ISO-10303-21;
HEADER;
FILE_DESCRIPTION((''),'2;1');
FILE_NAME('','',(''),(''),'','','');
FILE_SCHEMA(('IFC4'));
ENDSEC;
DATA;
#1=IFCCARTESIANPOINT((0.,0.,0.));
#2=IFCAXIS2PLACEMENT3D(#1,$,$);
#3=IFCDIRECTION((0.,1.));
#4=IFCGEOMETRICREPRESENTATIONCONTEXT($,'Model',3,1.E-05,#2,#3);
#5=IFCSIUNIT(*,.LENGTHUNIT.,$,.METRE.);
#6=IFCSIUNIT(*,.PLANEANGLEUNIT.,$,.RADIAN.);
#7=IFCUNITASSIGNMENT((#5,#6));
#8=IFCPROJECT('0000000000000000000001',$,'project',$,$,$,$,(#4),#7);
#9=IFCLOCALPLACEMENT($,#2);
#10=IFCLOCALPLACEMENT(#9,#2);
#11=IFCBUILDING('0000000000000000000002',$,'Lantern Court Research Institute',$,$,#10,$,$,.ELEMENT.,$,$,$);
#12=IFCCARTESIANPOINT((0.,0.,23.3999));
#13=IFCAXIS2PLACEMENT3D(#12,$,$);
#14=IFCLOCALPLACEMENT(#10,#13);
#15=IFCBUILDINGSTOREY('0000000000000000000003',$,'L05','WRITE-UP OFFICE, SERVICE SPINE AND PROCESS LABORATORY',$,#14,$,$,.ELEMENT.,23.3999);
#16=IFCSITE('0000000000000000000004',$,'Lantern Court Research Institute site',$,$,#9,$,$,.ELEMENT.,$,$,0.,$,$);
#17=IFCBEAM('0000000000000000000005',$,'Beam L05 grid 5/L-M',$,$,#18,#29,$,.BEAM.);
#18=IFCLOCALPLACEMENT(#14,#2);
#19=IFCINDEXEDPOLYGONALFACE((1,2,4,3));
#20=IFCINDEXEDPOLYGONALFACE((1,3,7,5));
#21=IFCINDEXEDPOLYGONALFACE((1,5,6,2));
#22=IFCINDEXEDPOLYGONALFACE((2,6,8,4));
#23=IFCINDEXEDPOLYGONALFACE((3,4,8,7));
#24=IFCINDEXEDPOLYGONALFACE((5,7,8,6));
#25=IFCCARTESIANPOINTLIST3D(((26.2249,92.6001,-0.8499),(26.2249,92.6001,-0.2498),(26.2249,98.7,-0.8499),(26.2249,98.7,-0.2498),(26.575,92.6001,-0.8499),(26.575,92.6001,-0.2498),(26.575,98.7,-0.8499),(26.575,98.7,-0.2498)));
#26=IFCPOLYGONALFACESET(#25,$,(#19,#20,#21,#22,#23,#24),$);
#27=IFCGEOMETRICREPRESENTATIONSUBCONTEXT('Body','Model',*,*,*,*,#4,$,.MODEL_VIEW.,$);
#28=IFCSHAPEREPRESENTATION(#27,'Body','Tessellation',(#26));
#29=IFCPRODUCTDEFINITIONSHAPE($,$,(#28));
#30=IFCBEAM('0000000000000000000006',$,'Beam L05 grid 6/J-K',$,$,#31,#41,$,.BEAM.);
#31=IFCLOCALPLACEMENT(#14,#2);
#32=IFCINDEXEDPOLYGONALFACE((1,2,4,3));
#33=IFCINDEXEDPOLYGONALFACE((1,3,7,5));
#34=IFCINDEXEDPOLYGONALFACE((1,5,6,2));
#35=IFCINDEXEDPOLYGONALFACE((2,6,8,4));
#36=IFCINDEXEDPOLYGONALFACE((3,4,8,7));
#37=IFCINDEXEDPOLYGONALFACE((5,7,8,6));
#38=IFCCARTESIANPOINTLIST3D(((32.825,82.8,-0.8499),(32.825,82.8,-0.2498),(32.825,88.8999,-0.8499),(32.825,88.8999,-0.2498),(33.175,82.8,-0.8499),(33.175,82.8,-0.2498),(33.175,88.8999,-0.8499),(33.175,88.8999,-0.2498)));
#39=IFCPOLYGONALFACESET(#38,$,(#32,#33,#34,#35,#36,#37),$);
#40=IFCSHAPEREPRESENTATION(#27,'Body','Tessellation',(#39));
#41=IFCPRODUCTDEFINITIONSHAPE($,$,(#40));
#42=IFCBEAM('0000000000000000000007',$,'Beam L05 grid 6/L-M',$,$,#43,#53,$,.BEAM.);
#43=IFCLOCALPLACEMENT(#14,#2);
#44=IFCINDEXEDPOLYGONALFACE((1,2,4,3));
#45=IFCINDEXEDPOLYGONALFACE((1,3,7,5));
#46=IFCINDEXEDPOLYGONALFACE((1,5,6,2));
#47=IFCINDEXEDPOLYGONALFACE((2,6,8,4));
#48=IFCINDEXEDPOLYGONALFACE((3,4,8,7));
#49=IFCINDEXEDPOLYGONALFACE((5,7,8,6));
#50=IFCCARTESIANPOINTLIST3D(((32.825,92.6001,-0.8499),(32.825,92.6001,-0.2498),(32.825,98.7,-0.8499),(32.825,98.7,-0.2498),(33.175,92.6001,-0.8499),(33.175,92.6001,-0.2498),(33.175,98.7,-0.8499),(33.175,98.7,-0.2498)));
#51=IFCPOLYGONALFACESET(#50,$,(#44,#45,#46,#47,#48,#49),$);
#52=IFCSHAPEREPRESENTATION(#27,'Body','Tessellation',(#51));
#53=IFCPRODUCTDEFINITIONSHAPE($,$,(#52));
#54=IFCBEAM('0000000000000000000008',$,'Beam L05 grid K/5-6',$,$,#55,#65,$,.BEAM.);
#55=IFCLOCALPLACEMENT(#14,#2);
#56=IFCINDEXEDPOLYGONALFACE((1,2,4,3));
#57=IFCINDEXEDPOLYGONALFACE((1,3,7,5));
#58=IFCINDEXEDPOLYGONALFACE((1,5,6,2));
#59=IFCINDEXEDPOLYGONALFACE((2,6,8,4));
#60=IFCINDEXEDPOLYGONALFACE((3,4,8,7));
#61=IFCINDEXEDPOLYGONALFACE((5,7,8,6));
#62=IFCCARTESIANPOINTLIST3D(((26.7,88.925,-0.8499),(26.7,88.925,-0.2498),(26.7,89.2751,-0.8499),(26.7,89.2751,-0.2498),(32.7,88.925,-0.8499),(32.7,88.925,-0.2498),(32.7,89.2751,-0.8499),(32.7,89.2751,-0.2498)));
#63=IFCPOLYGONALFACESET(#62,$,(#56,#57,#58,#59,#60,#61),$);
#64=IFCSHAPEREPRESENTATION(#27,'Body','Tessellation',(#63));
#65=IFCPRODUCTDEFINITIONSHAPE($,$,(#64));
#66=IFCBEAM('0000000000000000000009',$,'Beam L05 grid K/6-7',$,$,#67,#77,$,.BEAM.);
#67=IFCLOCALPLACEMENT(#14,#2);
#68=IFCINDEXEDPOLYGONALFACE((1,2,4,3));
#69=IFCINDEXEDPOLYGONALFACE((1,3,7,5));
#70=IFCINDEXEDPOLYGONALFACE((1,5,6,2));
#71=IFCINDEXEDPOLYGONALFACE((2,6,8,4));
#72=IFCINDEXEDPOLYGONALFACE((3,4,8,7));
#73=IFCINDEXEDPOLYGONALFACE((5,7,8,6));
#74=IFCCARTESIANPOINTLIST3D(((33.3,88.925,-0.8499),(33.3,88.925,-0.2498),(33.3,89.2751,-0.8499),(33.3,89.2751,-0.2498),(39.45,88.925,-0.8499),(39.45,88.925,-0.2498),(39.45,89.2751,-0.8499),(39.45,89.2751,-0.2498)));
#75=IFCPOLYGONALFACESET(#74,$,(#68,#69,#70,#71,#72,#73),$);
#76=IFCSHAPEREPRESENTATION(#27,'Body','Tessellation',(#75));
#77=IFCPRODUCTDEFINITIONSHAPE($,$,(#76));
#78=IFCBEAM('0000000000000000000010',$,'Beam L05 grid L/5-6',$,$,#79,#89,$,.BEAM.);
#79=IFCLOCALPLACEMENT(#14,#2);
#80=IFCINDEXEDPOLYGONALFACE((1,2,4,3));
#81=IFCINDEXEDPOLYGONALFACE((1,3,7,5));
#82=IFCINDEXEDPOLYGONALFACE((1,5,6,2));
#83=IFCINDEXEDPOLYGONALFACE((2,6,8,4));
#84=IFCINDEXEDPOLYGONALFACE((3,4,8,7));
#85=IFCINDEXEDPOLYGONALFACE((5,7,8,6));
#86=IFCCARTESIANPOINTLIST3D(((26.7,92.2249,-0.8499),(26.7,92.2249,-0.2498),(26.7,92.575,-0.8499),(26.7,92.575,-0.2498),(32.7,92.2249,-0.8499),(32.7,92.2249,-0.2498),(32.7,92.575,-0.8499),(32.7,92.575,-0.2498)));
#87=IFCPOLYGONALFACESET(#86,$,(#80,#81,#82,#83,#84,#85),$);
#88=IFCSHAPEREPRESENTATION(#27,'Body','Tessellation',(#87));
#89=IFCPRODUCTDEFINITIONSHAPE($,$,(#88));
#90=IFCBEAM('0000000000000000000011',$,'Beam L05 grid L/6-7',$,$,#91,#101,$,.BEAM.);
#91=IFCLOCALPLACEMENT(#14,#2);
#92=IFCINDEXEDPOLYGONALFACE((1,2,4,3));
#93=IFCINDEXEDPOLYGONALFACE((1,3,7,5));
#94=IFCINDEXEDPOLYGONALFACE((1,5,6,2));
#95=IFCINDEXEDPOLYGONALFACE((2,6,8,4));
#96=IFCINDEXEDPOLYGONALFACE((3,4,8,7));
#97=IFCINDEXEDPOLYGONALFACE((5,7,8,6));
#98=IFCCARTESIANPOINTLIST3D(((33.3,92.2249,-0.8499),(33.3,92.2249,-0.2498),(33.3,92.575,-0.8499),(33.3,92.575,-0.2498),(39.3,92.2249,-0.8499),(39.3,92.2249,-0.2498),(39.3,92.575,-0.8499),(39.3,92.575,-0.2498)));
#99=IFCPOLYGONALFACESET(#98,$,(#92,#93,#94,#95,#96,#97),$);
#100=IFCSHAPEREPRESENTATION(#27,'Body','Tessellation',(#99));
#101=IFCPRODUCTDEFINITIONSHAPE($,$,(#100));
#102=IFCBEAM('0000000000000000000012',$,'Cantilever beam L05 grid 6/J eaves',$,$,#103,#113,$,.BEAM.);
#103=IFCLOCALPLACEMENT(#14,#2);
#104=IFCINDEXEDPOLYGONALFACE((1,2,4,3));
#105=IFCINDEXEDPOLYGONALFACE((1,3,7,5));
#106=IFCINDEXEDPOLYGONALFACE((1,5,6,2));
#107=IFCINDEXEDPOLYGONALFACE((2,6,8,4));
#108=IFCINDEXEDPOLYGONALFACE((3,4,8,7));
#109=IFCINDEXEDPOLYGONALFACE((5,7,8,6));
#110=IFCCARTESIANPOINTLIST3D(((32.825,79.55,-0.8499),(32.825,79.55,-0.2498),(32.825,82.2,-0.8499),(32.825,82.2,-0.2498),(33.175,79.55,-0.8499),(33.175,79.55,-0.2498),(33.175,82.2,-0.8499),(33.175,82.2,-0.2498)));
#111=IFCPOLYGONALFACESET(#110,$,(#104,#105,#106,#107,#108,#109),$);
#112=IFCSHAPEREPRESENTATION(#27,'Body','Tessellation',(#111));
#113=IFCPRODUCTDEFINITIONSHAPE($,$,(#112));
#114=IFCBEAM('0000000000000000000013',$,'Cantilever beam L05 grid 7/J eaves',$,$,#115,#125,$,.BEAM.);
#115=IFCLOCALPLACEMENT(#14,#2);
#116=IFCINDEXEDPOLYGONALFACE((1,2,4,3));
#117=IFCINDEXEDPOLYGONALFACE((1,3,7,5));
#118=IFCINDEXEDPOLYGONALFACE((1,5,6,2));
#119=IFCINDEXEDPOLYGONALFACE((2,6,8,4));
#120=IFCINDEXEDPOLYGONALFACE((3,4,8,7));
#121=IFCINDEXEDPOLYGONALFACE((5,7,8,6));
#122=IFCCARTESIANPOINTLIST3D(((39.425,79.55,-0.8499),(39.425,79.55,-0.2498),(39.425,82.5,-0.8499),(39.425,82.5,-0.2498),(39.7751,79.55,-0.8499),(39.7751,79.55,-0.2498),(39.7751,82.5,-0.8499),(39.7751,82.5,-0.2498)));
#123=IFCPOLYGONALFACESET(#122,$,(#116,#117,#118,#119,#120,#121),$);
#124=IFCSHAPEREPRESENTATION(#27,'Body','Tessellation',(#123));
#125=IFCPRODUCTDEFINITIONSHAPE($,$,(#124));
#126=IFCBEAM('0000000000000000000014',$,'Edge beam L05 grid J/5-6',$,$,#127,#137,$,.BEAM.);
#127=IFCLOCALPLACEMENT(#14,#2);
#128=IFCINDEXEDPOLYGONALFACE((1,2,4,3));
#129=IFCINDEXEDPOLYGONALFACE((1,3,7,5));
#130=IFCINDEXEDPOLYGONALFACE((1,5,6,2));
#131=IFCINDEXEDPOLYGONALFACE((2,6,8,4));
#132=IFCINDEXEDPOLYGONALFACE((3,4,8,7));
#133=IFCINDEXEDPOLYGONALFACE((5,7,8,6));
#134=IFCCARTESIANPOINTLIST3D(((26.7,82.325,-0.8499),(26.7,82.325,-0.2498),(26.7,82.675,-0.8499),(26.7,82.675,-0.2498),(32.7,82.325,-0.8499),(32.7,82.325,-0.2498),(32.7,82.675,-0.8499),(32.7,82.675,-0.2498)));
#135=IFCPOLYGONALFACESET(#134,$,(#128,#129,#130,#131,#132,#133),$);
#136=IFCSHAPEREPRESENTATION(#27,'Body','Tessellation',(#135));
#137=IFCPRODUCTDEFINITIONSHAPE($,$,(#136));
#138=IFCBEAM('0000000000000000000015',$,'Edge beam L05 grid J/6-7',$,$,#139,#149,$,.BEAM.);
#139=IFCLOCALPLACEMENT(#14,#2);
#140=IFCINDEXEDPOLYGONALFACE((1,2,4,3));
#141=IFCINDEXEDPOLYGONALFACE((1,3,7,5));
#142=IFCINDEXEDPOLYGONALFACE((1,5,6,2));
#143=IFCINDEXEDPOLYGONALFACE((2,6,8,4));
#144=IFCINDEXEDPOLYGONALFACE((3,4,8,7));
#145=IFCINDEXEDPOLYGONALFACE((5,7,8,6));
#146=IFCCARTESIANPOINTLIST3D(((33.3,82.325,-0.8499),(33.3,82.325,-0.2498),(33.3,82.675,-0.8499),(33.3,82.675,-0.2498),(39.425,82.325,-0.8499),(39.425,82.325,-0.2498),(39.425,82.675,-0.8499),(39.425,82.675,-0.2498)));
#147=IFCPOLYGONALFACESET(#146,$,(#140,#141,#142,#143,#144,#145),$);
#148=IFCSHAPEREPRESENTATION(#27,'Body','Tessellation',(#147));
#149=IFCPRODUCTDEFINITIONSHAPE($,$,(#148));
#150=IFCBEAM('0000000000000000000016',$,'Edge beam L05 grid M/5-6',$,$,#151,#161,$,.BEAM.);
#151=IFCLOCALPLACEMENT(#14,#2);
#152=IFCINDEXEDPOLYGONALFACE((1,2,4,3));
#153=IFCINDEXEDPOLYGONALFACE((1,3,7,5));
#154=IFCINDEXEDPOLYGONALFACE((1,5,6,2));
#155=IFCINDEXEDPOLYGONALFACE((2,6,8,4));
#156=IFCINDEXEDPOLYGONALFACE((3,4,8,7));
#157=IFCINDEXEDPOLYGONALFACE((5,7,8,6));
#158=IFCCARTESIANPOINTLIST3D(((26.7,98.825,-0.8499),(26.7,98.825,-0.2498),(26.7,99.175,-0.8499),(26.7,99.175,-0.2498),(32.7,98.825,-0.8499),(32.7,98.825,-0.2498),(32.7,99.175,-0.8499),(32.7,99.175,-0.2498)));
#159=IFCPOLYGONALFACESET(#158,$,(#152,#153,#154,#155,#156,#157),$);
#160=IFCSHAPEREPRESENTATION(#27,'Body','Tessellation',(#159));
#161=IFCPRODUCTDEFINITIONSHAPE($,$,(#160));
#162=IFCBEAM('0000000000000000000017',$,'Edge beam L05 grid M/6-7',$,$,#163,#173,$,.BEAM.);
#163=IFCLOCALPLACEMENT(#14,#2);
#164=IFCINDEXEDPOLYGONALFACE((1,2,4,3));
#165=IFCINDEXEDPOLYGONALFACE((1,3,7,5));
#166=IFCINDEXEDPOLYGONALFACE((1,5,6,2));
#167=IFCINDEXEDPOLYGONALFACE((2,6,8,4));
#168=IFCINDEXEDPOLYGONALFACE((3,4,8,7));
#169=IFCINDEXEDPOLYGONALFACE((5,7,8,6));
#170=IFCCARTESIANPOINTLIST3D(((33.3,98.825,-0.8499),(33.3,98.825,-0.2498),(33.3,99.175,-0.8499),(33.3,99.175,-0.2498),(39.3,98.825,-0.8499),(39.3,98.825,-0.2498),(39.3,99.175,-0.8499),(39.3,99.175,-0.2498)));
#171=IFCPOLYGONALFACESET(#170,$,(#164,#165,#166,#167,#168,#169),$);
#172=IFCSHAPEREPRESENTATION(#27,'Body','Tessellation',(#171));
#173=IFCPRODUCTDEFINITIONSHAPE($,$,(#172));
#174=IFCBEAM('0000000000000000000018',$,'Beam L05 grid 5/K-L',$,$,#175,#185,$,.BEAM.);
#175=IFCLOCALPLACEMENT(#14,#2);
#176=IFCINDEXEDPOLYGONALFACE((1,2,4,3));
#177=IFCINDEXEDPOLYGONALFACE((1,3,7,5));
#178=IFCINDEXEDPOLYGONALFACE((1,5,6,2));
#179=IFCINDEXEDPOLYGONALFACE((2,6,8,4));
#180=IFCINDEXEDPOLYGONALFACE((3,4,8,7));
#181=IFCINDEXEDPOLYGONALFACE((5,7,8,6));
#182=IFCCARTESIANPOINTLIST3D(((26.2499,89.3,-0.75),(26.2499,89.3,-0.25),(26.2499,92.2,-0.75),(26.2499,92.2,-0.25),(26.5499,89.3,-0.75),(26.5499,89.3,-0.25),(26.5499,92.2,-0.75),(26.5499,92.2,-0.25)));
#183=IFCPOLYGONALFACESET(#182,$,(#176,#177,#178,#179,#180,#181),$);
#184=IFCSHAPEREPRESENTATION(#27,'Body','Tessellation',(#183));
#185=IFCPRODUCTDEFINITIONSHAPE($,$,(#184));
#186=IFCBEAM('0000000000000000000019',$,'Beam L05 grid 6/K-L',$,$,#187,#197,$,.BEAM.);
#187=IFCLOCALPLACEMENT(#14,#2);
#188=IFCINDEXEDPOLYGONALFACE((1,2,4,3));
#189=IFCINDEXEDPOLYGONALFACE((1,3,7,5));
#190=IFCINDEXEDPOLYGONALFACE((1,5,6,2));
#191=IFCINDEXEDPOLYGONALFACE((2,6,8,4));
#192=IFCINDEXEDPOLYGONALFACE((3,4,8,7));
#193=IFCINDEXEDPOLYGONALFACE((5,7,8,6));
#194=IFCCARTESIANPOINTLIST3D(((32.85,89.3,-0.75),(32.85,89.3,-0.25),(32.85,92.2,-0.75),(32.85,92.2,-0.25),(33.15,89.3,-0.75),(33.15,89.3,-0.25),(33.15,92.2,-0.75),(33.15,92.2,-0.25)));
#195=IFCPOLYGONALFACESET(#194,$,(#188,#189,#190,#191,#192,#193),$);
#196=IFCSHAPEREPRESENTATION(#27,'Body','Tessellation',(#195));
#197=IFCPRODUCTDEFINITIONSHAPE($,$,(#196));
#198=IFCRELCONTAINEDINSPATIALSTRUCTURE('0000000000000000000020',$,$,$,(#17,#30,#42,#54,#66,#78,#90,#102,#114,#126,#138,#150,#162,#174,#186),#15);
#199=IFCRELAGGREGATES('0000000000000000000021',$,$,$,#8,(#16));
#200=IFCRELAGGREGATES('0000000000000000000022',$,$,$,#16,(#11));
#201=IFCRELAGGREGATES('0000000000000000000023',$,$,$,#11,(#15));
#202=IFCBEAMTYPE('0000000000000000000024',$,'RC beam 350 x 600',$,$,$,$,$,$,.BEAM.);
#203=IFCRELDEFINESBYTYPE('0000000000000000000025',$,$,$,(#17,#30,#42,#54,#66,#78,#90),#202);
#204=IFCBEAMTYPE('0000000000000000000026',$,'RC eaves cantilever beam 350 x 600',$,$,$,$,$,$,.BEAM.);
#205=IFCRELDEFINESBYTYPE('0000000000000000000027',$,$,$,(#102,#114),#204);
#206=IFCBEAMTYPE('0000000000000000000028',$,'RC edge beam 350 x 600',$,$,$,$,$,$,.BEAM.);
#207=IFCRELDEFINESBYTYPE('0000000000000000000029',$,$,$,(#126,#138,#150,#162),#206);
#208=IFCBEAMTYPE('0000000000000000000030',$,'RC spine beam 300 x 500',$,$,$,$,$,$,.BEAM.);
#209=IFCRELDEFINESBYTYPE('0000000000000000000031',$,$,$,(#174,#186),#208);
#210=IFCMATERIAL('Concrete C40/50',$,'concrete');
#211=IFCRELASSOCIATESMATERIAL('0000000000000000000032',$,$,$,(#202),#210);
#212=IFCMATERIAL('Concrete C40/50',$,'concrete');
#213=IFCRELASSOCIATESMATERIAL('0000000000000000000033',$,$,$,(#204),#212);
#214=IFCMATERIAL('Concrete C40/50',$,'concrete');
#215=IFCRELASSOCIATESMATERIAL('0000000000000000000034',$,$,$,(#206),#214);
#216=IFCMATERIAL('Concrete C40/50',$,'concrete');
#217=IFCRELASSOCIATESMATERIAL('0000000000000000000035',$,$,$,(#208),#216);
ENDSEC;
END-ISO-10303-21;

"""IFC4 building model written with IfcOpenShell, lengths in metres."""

from ifc_helpers import new_model, si_unit, direction, frame, origin, origin_2d, place, context, subcontext, project, spatial, rectangle, extrude, material, material_profile, profile_set, type_object, element, save


model = new_model("IFC4")

# Units and contexts
model_context = context("Model", 3, precision=1e-05, world=origin(), true_north=direction((0.0, 1.0)))
body_context = subcontext(model_context, "Body", "Model", "MODEL_VIEW")
ifc_project = project(units=[si_unit("LENGTHUNIT", "METRE"), si_unit("PLANEANGLEUNIT", "RADIAN")], contexts=[model_context])

# Site, building, storey
site_placement = place(None, origin())
site = spatial("IfcSite", under=ifc_project, at=site_placement, Name="Lantern Court Research Institute site", CompositionType="ELEMENT", RefElevation=0.0)
building_placement = place(site_placement, origin())
building = spatial("IfcBuilding", under=site, at=building_placement, Name="Lantern Court Research Institute", CompositionType="ELEMENT")
storey_placement = place(building_placement, frame((0.0, 0.0, 23.3999)))
storey = spatial("IfcBuildingStorey", under=building, at=storey_placement, Name="L05", Description="WRITE-UP OFFICE, SERVICE SPINE AND PROCESS LABORATORY", CompositionType="ELEMENT", Elevation=23.3999)

# Beams
ifc_material_1 = material(Name="Concrete C40/50", Category="concrete")
ifc_material_profile_1 = material_profile(ifc_material_1, rectangle(XDim=0.3501, YDim=0.6001, at=origin_2d()), Name="RC beam 350 x 600")
ifc_profile_set_1 = profile_set([ifc_material_profile_1], Name="Concrete C40/50")
beam_type_1 = type_object("IfcBeamType", Name="RC beam 350 x 600", PredefinedType="BEAM", material=ifc_profile_set_1)
for number, where, z_axis, x_axis, name in (
    (1, (26.3999, 92.6001, -0.5498), (0.0, 1.0, 0.0), (-1.0, 0.0, 0.0), "Beam L05 grid 5/L-M"),
    (2, (33.0, 82.8, -0.5498), (0.0, 1.0, 0.0), (-1.0, 0.0, 0.0), "Beam L05 grid 6/J-K"),
    (3, (33.0, 92.6001, -0.5498), (0.0, 1.0, 0.0), (-1.0, 0.0, 0.0), "Beam L05 grid 6/L-M"),
):
    element("IfcBeam", number, at=place(storey_placement, frame(where, z_axis=z_axis, x_axis=x_axis)), inside=storey, type_object=beam_type_1, Name=name, PredefinedType="BEAM", context=body_context, shape_type="SweptSolid", body=[
        extrude(rectangle(XDim=0.3501, YDim=0.6001, at=origin_2d()), origin(), (0.0, 0.0, 1.0), 6.0999),
    ])
beam_1_placement = place(storey_placement, frame((26.7, 89.1001, -0.5498), z_axis=(1.0, 0.0, 0.0), x_axis=(0.0, 1.0, 0.0)))
element("IfcBeam", 4, at=beam_1_placement, inside=storey, type_object=beam_type_1, Name="Beam L05 grid K/5-6", PredefinedType="BEAM", context=body_context, shape_type="SweptSolid", body=[
    extrude(rectangle(XDim=0.3501, YDim=0.6001, at=origin_2d()), origin(), (0.0, 0.0, 1.0), 6.0),
])
beam_2_placement = place(storey_placement, frame((33.3, 89.1001, -0.5498), z_axis=(1.0, 0.0, 0.0), x_axis=(0.0, 1.0, 0.0)))
element("IfcBeam", 5, at=beam_2_placement, inside=storey, type_object=beam_type_1, Name="Beam L05 grid K/6-7", PredefinedType="BEAM", context=body_context, shape_type="SweptSolid", body=[
    extrude(rectangle(XDim=0.3501, YDim=0.6001, at=origin_2d()), origin(), (0.0, 0.0, 1.0), 6.1499),
])
for number, where, z_axis, x_axis, name in (
    (6, (26.7, 92.3999, -0.5498), (1.0, 0.0, 0.0), (0.0, 1.0, 0.0), "Beam L05 grid L/5-6"),
    (7, (33.3, 92.3999, -0.5498), (1.0, 0.0, 0.0), (0.0, 1.0, 0.0), "Beam L05 grid L/6-7"),
):
    element("IfcBeam", number, at=place(storey_placement, frame(where, z_axis=z_axis, x_axis=x_axis)), inside=storey, type_object=beam_type_1, Name=name, PredefinedType="BEAM", context=body_context, shape_type="SweptSolid", body=[
        extrude(rectangle(XDim=0.3501, YDim=0.6001, at=origin_2d()), origin(), (0.0, 0.0, 1.0), 6.0),
    ])
ifc_material_2 = material(Name="Concrete C40/50", Category="concrete")
ifc_material_profile_2 = material_profile(ifc_material_2, rectangle(XDim=0.3501, YDim=0.6001, at=origin_2d()), Name="RC beam 350 x 600")
ifc_profile_set_2 = profile_set([ifc_material_profile_2], Name="Concrete C40/50")
beam_type_2 = type_object("IfcBeamType", Name="RC eaves cantilever beam 350 x 600", PredefinedType="BEAM", material=ifc_profile_set_2)
beam_3_placement = place(storey_placement, frame((33.0, 82.2, -0.5498), z_axis=(0.0, -1.0, 0.0), x_axis=(1.0, 0.0, 0.0)))
element("IfcBeam", 8, at=beam_3_placement, inside=storey, type_object=beam_type_2, Name="Cantilever beam L05 grid 6/J eaves", PredefinedType="BEAM", context=body_context, shape_type="SweptSolid", body=[
    extrude(rectangle(XDim=0.3501, YDim=0.6001, at=origin_2d()), origin(), (0.0, 0.0, 1.0), 2.6499),
])
beam_4_placement = place(storey_placement, frame((39.6001, 82.5, -0.5498), z_axis=(0.0, -1.0, 0.0), x_axis=(1.0, 0.0, 0.0)))
element("IfcBeam", 9, at=beam_4_placement, inside=storey, type_object=beam_type_2, Name="Cantilever beam L05 grid 7/J eaves", PredefinedType="BEAM", context=body_context, shape_type="SweptSolid", body=[
    extrude(rectangle(XDim=0.3501, YDim=0.6001, at=origin_2d()), origin(), (0.0, 0.0, 1.0), 2.95),
])
ifc_material_3 = material(Name="Concrete C40/50", Category="concrete")
ifc_material_profile_3 = material_profile(ifc_material_3, rectangle(XDim=0.3501, YDim=0.6001, at=origin_2d()), Name="RC beam 350 x 600")
ifc_profile_set_3 = profile_set([ifc_material_profile_3], Name="Concrete C40/50")
beam_type_3 = type_object("IfcBeamType", Name="RC edge beam 350 x 600", PredefinedType="BEAM", material=ifc_profile_set_3)
beam_5_placement = place(storey_placement, frame((26.7, 82.5, -0.5498), z_axis=(1.0, 0.0, 0.0), x_axis=(0.0, 1.0, 0.0)))
element("IfcBeam", 10, at=beam_5_placement, inside=storey, type_object=beam_type_3, Name="Edge beam L05 grid J/5-6", PredefinedType="BEAM", context=body_context, shape_type="SweptSolid", body=[
    extrude(rectangle(XDim=0.3501, YDim=0.6001, at=origin_2d()), origin(), (0.0, 0.0, 1.0), 6.0),
])
beam_6_placement = place(storey_placement, frame((33.3, 82.5, -0.5498), z_axis=(1.0, 0.0, 0.0), x_axis=(0.0, 1.0, 0.0)))
element("IfcBeam", 11, at=beam_6_placement, inside=storey, type_object=beam_type_3, Name="Edge beam L05 grid J/6-7", PredefinedType="BEAM", context=body_context, shape_type="SweptSolid", body=[
    extrude(rectangle(XDim=0.3501, YDim=0.6001, at=origin_2d()), origin(), (0.0, 0.0, 1.0), 6.125),
])
for number, where, z_axis, x_axis, name in (
    (12, (26.7, 99.0, -0.5498), (1.0, 0.0, 0.0), (0.0, 1.0, 0.0), "Edge beam L05 grid M/5-6"),
    (13, (33.3, 99.0, -0.5498), (1.0, 0.0, 0.0), (0.0, 1.0, 0.0), "Edge beam L05 grid M/6-7"),
):
    element("IfcBeam", number, at=place(storey_placement, frame(where, z_axis=z_axis, x_axis=x_axis)), inside=storey, type_object=beam_type_3, Name=name, PredefinedType="BEAM", context=body_context, shape_type="SweptSolid", body=[
        extrude(rectangle(XDim=0.3501, YDim=0.6001, at=origin_2d()), origin(), (0.0, 0.0, 1.0), 6.0),
    ])
ifc_material_4 = material(Name="Concrete C40/50", Category="concrete")
ifc_material_profile_4 = material_profile(ifc_material_4, rectangle(XDim=0.3, YDim=0.5, at=origin_2d()), Name="RC beam 300 x 500")
ifc_profile_set_4 = profile_set([ifc_material_profile_4], Name="Concrete C40/50")
beam_type_4 = type_object("IfcBeamType", Name="RC spine beam 300 x 500", PredefinedType="BEAM", material=ifc_profile_set_4)
for number, where, z_axis, x_axis, name in (
    (14, (26.3999, 89.3, -0.5), (0.0, 1.0, 0.0), (-1.0, 0.0, 0.0), "Beam L05 grid 5/K-L"),
    (15, (33.0, 89.3, -0.5), (0.0, 1.0, 0.0), (-1.0, 0.0, 0.0), "Beam L05 grid 6/K-L"),
):
    element("IfcBeam", number, at=place(storey_placement, frame(where, z_axis=z_axis, x_axis=x_axis)), inside=storey, type_object=beam_type_4, Name=name, PredefinedType="BEAM", context=body_context, shape_type="SweptSolid", body=[
        extrude(rectangle(XDim=0.3, YDim=0.5, at=origin_2d()), origin(), (0.0, 0.0, 1.0), 2.8999),
    ])

save(model, "model.ifc")
